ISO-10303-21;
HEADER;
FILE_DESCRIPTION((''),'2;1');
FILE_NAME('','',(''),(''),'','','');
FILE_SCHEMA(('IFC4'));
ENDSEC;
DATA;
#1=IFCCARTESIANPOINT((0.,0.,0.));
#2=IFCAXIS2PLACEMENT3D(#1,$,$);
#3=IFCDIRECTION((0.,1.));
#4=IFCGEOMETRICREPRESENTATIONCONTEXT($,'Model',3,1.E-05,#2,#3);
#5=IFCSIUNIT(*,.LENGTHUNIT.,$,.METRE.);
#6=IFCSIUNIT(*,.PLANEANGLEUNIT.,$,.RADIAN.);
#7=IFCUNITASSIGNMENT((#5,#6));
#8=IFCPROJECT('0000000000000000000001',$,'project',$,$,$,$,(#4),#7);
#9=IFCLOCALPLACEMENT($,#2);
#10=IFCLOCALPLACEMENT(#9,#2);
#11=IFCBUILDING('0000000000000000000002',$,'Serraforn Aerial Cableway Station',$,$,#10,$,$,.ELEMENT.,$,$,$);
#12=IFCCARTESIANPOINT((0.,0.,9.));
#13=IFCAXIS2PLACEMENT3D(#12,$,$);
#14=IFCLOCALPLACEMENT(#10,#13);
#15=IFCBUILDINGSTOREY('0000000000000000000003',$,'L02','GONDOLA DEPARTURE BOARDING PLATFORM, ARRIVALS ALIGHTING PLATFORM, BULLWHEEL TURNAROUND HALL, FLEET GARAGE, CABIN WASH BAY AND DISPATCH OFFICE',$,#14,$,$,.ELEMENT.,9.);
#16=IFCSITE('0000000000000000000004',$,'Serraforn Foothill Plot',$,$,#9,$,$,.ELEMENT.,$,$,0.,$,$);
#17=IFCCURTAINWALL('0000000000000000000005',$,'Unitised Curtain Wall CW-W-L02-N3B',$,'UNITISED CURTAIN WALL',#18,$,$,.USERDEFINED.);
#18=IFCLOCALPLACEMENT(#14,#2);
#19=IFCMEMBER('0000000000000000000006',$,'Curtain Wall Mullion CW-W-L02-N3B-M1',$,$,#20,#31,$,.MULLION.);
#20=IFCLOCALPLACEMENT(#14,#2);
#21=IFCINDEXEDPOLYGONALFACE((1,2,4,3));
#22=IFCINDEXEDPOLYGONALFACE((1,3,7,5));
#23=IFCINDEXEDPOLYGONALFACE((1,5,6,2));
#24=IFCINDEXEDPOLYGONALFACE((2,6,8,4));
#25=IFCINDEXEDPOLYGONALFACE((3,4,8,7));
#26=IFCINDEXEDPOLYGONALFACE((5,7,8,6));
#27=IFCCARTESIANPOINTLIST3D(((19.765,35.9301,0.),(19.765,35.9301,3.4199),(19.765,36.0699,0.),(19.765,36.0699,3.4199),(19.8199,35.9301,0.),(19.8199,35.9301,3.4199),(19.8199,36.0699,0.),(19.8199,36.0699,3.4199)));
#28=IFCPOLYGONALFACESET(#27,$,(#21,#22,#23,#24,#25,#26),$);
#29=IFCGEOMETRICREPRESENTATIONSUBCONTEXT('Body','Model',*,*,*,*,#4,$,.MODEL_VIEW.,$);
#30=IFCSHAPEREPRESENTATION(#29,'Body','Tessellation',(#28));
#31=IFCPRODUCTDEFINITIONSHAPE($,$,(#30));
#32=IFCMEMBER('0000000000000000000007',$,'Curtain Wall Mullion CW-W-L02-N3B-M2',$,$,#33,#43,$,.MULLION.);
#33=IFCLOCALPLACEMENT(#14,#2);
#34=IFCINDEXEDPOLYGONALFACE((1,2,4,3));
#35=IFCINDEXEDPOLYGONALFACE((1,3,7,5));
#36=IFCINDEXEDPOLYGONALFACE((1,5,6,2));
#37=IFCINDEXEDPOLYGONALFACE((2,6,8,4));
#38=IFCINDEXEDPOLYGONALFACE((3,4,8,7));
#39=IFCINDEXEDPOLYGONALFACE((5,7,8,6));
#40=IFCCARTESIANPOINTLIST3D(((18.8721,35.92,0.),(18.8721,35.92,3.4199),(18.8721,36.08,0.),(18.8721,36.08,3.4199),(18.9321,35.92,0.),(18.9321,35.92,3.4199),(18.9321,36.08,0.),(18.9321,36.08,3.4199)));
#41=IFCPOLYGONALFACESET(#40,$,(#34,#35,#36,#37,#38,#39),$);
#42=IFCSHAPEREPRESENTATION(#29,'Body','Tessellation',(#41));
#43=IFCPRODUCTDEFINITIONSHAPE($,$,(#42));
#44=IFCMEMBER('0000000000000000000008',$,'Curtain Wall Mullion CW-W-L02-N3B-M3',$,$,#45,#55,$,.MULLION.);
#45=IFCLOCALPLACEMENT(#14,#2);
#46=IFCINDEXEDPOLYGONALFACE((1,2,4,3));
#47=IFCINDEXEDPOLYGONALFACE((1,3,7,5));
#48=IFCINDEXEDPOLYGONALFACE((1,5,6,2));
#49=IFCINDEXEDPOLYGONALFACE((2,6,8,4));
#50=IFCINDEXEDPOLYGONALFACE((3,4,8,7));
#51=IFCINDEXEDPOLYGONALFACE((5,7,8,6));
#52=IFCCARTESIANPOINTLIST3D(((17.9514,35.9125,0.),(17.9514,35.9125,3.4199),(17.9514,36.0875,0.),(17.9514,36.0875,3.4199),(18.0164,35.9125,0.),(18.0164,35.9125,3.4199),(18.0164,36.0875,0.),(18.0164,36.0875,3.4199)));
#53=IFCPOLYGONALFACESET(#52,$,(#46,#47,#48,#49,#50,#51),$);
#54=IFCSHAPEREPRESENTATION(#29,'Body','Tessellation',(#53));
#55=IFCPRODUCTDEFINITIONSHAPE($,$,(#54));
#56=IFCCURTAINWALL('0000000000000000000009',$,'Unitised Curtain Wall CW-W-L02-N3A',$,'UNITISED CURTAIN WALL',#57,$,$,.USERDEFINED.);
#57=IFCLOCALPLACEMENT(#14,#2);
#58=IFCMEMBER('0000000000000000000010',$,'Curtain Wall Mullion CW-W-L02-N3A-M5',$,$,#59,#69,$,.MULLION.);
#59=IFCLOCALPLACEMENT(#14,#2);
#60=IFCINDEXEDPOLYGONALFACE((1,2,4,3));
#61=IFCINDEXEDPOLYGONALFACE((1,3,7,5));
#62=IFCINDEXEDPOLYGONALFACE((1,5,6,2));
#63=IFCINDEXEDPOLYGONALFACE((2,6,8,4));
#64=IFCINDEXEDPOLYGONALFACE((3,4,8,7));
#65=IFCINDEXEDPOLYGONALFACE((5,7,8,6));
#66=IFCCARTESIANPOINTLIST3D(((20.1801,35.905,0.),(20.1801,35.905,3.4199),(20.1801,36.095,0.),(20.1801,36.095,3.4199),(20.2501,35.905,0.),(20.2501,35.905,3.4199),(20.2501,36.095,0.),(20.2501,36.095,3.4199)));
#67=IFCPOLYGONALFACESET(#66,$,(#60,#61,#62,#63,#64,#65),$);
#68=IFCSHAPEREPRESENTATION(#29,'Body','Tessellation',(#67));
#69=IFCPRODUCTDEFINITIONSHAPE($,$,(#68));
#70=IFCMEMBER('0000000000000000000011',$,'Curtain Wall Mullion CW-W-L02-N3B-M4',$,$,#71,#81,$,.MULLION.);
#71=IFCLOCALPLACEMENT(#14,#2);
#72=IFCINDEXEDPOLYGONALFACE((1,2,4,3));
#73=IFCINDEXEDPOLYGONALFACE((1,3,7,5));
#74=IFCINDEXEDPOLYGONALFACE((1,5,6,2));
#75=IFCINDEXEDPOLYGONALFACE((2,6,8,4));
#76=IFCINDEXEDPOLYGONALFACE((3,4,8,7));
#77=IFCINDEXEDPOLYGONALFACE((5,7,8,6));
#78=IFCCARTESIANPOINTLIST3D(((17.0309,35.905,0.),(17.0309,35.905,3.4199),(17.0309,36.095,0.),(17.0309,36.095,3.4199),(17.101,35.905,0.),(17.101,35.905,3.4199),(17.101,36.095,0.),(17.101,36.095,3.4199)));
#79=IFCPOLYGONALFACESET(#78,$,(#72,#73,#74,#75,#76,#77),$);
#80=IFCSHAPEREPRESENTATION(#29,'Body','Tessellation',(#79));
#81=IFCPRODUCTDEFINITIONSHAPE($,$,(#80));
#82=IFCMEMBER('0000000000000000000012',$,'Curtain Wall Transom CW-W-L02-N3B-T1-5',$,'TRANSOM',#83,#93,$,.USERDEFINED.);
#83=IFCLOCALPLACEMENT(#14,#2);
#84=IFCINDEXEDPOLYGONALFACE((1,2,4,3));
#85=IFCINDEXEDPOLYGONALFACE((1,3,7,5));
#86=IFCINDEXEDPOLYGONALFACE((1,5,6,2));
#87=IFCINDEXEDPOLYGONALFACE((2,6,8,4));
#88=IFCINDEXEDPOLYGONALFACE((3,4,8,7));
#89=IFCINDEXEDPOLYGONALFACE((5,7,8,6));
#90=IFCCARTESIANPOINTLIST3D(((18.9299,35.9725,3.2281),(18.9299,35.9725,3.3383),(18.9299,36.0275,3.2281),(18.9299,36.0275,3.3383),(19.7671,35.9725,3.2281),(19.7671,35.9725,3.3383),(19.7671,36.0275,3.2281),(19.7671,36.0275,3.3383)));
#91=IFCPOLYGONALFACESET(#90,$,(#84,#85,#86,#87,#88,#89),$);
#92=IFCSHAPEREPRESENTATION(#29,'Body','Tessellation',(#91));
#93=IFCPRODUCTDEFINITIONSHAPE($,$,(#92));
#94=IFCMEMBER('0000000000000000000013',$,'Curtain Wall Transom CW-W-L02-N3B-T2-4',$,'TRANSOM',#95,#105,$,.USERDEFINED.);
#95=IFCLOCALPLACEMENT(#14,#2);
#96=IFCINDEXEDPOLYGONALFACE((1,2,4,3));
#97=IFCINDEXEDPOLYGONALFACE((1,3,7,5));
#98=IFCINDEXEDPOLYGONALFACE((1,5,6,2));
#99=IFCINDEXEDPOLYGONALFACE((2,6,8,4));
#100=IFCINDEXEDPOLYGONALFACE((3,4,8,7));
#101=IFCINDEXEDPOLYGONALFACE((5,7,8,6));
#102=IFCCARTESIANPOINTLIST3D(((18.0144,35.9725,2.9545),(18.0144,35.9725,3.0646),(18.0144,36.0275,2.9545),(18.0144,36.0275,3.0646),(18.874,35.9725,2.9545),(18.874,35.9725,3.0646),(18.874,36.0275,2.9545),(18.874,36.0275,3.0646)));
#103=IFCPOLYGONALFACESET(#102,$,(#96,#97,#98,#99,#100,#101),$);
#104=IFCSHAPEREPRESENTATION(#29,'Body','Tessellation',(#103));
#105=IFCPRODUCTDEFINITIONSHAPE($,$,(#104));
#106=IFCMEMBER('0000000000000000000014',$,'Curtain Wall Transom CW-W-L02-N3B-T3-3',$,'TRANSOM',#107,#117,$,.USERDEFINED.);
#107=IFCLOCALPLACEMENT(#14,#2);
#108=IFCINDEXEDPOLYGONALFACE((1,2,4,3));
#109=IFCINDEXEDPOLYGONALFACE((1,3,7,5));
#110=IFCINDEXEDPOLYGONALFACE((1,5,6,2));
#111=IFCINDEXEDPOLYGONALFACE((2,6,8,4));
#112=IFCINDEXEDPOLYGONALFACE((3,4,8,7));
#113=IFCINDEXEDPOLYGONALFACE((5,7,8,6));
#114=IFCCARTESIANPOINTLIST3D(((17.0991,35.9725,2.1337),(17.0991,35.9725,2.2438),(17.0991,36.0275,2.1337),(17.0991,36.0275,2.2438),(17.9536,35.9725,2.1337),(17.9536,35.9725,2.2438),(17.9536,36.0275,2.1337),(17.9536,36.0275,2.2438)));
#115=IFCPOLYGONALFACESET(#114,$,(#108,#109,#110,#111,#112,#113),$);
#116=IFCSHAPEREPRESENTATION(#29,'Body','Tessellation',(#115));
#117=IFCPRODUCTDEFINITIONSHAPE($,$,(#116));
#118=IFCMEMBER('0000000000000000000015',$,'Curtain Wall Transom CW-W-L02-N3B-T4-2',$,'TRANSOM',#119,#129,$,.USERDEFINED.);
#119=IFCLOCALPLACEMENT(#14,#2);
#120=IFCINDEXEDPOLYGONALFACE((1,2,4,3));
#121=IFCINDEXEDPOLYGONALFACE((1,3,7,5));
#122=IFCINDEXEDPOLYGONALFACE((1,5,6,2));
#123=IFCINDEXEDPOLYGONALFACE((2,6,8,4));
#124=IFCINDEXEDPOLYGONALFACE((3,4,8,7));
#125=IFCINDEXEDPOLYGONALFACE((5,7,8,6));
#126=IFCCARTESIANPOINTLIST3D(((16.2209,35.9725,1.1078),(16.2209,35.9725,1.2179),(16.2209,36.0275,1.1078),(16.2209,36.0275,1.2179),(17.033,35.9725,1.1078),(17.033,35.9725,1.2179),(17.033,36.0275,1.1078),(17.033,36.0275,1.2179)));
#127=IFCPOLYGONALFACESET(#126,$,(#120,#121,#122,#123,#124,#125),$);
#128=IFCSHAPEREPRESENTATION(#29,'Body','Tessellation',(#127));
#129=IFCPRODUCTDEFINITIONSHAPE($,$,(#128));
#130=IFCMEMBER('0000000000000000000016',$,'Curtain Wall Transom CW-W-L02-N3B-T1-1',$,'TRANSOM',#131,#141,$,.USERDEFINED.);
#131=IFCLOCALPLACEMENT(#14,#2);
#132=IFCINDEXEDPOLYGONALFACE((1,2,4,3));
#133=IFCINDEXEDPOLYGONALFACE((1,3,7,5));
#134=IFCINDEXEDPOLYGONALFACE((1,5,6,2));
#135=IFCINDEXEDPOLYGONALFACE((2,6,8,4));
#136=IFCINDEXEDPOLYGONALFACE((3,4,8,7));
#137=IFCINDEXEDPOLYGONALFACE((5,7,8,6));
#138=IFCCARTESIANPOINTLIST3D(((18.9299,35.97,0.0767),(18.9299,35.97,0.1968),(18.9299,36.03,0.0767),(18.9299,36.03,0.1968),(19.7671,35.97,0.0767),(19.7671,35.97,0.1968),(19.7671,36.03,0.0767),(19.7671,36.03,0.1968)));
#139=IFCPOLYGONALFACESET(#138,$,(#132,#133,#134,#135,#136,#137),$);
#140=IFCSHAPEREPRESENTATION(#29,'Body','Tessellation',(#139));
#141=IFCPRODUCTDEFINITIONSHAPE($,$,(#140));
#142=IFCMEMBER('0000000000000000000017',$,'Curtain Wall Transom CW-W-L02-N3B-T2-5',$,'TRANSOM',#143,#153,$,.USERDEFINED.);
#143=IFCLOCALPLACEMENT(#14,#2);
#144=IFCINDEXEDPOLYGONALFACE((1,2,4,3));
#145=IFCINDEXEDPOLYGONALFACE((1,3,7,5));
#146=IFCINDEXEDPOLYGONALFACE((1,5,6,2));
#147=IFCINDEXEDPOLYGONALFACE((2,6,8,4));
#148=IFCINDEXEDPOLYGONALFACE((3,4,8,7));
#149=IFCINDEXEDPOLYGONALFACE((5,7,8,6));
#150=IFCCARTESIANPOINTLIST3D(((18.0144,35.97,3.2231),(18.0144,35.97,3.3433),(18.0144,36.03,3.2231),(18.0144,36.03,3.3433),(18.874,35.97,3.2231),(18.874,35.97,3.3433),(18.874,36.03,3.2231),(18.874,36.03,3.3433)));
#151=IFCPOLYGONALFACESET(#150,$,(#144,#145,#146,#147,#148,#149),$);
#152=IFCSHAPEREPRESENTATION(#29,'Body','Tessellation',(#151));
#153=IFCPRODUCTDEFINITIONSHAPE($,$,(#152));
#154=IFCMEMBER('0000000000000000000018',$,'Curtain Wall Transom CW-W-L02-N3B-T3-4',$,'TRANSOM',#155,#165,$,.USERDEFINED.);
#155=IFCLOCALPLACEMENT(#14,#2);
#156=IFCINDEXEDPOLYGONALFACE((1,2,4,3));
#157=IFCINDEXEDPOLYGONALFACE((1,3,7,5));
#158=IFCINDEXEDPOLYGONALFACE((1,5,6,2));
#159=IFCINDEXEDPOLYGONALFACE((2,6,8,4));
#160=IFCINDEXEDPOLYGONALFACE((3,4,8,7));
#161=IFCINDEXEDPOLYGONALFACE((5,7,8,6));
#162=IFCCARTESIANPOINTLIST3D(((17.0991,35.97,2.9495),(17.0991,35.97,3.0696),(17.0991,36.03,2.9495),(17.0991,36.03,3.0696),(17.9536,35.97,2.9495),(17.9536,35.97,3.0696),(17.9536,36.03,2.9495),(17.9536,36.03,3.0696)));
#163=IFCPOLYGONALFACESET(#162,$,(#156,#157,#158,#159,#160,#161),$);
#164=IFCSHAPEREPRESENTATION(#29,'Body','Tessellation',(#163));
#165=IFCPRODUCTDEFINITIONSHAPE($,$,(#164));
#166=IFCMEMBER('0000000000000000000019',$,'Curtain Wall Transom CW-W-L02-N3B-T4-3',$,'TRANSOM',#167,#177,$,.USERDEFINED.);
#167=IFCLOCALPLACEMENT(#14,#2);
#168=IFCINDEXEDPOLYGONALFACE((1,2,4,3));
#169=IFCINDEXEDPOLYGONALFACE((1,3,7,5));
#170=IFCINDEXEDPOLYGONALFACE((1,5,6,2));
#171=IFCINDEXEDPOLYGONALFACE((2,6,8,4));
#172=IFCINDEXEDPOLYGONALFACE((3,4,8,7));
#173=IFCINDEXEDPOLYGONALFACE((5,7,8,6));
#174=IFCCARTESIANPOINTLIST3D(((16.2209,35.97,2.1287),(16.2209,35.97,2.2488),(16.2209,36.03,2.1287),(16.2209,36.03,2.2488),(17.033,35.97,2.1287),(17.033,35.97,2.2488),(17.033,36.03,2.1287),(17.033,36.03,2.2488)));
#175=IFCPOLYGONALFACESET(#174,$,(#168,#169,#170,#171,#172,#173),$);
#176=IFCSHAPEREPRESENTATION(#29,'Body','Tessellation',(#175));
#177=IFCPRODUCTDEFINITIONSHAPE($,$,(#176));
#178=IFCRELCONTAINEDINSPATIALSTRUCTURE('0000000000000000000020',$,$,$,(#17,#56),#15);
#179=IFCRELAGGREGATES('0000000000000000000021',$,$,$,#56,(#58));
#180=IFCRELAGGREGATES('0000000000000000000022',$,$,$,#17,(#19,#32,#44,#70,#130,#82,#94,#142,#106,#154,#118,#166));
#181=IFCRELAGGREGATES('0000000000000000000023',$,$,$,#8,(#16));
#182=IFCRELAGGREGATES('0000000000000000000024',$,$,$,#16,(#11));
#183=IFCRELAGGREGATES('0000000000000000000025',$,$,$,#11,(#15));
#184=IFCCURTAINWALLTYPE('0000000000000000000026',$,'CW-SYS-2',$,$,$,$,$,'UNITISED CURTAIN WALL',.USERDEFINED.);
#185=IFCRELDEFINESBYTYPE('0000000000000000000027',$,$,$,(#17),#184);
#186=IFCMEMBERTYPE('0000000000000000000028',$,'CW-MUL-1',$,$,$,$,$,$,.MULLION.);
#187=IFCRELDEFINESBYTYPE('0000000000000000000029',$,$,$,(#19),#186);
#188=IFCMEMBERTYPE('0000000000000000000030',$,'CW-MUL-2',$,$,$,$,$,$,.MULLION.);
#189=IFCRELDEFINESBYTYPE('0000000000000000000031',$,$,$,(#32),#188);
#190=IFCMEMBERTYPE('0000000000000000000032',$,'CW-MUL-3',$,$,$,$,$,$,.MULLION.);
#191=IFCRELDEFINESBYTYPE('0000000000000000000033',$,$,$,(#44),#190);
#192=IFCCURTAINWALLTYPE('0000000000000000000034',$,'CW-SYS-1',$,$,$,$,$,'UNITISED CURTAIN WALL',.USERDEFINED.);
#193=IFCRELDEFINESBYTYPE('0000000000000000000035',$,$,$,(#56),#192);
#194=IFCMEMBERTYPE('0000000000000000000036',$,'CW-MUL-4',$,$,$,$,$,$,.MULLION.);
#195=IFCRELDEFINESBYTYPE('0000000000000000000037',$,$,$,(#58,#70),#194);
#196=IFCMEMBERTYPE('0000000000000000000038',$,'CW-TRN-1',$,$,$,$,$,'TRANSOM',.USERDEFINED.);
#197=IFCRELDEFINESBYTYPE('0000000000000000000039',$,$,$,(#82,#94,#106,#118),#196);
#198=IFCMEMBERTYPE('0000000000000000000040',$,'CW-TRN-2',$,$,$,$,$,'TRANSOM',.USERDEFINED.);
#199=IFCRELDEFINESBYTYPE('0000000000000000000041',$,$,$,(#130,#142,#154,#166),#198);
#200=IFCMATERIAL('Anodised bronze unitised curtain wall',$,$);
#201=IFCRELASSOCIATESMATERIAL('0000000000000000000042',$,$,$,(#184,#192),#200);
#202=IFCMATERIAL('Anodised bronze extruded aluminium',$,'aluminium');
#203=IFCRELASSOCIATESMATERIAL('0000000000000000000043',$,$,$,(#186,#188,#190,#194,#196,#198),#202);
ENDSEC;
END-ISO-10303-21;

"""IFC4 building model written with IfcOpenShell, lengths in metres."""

from ifc_helpers import new_model, si_unit, direction, frame, origin, origin_2d, place, context, subcontext, project, spatial, rectangle, extrude, material, material_profile, profile_set, type_object, element, aggregate, save


model = new_model("IFC4")

# Units and contexts
model_context = context("Model", 3, precision=1e-05, world=origin(), true_north=direction((0.0, 1.0)))
body_context = subcontext(model_context, "Body", "Model", "MODEL_VIEW")
ifc_project = project(units=[si_unit("LENGTHUNIT", "METRE"), si_unit("PLANEANGLEUNIT", "RADIAN")], contexts=[model_context])

# Site, building, storey
site_placement = place(None, origin())
site = spatial("IfcSite", under=ifc_project, at=site_placement, Name="Serraforn Foothill Plot", CompositionType="ELEMENT", RefElevation=0.0)
building_placement = place(site_placement, origin())
building = spatial("IfcBuilding", under=site, at=building_placement, Name="Serraforn Aerial Cableway Station", CompositionType="ELEMENT")
storey_placement = place(building_placement, frame((0.0, 0.0, 9.0)))
storey = spatial("IfcBuildingStorey", under=building, at=storey_placement, Name="L02", Description="GONDOLA DEPARTURE BOARDING PLATFORM, ARRIVALS ALIGHTING PLATFORM, BULLWHEEL TURNAROUND HALL, FLEET GARAGE, CABIN WASH BAY AND DISPATCH OFFICE", CompositionType="ELEMENT", Elevation=9.0)

# Curtain wall, members
ifc_material_1 = material(Name="Anodised bronze unitised curtain wall")
curtain_wall_type_1 = type_object("IfcCurtainWallType", Name="CW-SYS-2", ElementType="UNITISED CURTAIN WALL", PredefinedType="USERDEFINED", material=ifc_material_1)
curtain_wall_1_placement = place(storey_placement, origin())
curtain_wall_1 = element("IfcCurtainWall", 1, at=curtain_wall_1_placement, inside=storey, type_object=curtain_wall_type_1, Name="Unitised Curtain Wall CW-W-L02-N3B", ObjectType="UNITISED CURTAIN WALL", PredefinedType="USERDEFINED")
ifc_material_2 = material(Name="Anodised bronze extruded aluminium", Category="aluminium")
ifc_material_profile_1 = material_profile(ifc_material_2, rectangle(XDim=0.0549, YDim=0.1399, at=origin_2d()), Name="CW MULLION 55x140")
ifc_profile_set_1 = profile_set([ifc_material_profile_1], Name="Anodised bronze extruded aluminium")
member_type_1 = type_object("IfcMemberType", Name="CW-MUL-1", PredefinedType="MULLION", material=ifc_profile_set_1)
member_1_placement = place(storey_placement, frame((19.7925, 36.0, 0.0), z_axis=(0.0, 0.0, 1.0), x_axis=(-1.0, 0.0, 0.0)))
member_1 = element("IfcMember", 2, at=member_1_placement, type_object=member_type_1, Name="Curtain Wall Mullion CW-W-L02-N3B-M1", PredefinedType="MULLION", context=body_context, shape_type="SweptSolid", body=[
    extrude(rectangle(XDim=0.0549, YDim=0.1399, at=origin_2d()), origin(), (0.0, 0.0, 1.0), 3.4199),
])
ifc_material_profile_2 = material_profile(ifc_material_2, rectangle(XDim=0.0601, YDim=0.1599, at=origin_2d()), Name="CW MULLION 60x160")
ifc_profile_set_2 = profile_set([ifc_material_profile_2], Name="Anodised bronze extruded aluminium")
member_type_2 = type_object("IfcMemberType", Name="CW-MUL-2", PredefinedType="MULLION", material=ifc_profile_set_2)
member_2_placement = place(storey_placement, frame((18.9021, 36.0, 0.0), z_axis=(0.0, 0.0, 1.0), x_axis=(-1.0, 0.0, 0.0)))
member_2 = element("IfcMember", 3, at=member_2_placement, type_object=member_type_2, Name="Curtain Wall Mullion CW-W-L02-N3B-M2", PredefinedType="MULLION", context=body_context, shape_type="SweptSolid", body=[
    extrude(rectangle(XDim=0.0601, YDim=0.1599, at=origin_2d()), origin(), (0.0, 0.0, 1.0), 3.4199),
])
ifc_material_profile_3 = material_profile(ifc_material_2, rectangle(XDim=0.0649, YDim=0.175, at=origin_2d()), Name="CW MULLION 65x175")
ifc_profile_set_3 = profile_set([ifc_material_profile_3], Name="Anodised bronze extruded aluminium")
member_type_3 = type_object("IfcMemberType", Name="CW-MUL-3", PredefinedType="MULLION", material=ifc_profile_set_3)
member_3_placement = place(storey_placement, frame((17.9839, 36.0, 0.0), z_axis=(0.0, 0.0, 1.0), x_axis=(-1.0, 0.0, 0.0)))
member_3 = element("IfcMember", 4, at=member_3_placement, type_object=member_type_3, Name="Curtain Wall Mullion CW-W-L02-N3B-M3", PredefinedType="MULLION", context=body_context, shape_type="SweptSolid", body=[
    extrude(rectangle(XDim=0.0649, YDim=0.175, at=origin_2d()), origin(), (0.0, 0.0, 1.0), 3.4199),
])

# Curtain wall, member
curtain_wall_type_2 = type_object("IfcCurtainWallType", Name="CW-SYS-1", ElementType="UNITISED CURTAIN WALL", PredefinedType="USERDEFINED", material=ifc_material_1)
curtain_wall_2_placement = place(storey_placement, origin())
curtain_wall_2 = element("IfcCurtainWall", 5, at=curtain_wall_2_placement, inside=storey, type_object=curtain_wall_type_2, Name="Unitised Curtain Wall CW-W-L02-N3A", ObjectType="UNITISED CURTAIN WALL", PredefinedType="USERDEFINED")
ifc_material_profile_4 = material_profile(ifc_material_2, rectangle(XDim=0.0701, YDim=0.1899, at=origin_2d()), Name="CW MULLION 70x190")
ifc_profile_set_4 = profile_set([ifc_material_profile_4], Name="Anodised bronze extruded aluminium")
member_type_4 = type_object("IfcMemberType", Name="CW-MUL-4", PredefinedType="MULLION", material=ifc_profile_set_4)
member_4_placement = place(storey_placement, frame((20.2151, 36.0, 0.0), z_axis=(0.0, 0.0, 1.0), x_axis=(-1.0, 0.0, 0.0)))
member_4 = element("IfcMember", 6, at=member_4_placement, type_object=member_type_4, Name="Curtain Wall Mullion CW-W-L02-N3A-M5", PredefinedType="MULLION", context=body_context, shape_type="SweptSolid", body=[
    extrude(rectangle(XDim=0.0701, YDim=0.1899, at=origin_2d()), origin(), (0.0, 0.0, 1.0), 3.4199),
])

# Members
member_5_placement = place(storey_placement, frame((17.0659, 36.0, 0.0), z_axis=(0.0, 0.0, 1.0), x_axis=(-1.0, 0.0, 0.0)))
member_5 = element("IfcMember", 7, at=member_5_placement, type_object=member_type_4, Name="Curtain Wall Mullion CW-W-L02-N3B-M4", PredefinedType="MULLION", context=body_context, shape_type="SweptSolid", body=[
    extrude(rectangle(XDim=0.0701, YDim=0.1899, at=origin_2d()), origin(), (0.0, 0.0, 1.0), 3.4199),
])
ifc_material_profile_5 = material_profile(ifc_material_2, rectangle(XDim=0.0549, YDim=0.1101, at=origin_2d()), Name="CW TRANSOM 55x110")
ifc_profile_set_5 = profile_set([ifc_material_profile_5], Name="Anodised bronze extruded aluminium")
member_type_5 = type_object("IfcMemberType", Name="CW-TRN-1", ElementType="TRANSOM", PredefinedType="USERDEFINED", material=ifc_profile_set_5)
member_6_placement = place(storey_placement, frame((19.7671, 36.0, 3.2832), z_axis=(-1.0, 0.0, 0.0), x_axis=(0.0, -1.0, 0.0)))
member_6 = element("IfcMember", 8, at=member_6_placement, type_object=member_type_5, Name="Curtain Wall Transom CW-W-L02-N3B-T1-5", ObjectType="TRANSOM", PredefinedType="USERDEFINED", context=body_context, shape_type="SweptSolid", body=[
    extrude(rectangle(XDim=0.0549, YDim=0.1101, at=origin_2d()), origin(), (0.0, 0.0, 1.0), 0.8372),
])
member_7_placement = place(storey_placement, frame((18.874, 36.0, 3.0095), z_axis=(-1.0, 0.0, 0.0), x_axis=(0.0, -1.0, 0.0)))
member_7 = element("IfcMember", 9, at=member_7_placement, type_object=member_type_5, Name="Curtain Wall Transom CW-W-L02-N3B-T2-4", ObjectType="TRANSOM", PredefinedType="USERDEFINED", context=body_context, shape_type="SweptSolid", body=[
    extrude(rectangle(XDim=0.0549, YDim=0.1101, at=origin_2d()), origin(), (0.0, 0.0, 1.0), 0.8596),
])
member_8_placement = place(storey_placement, frame((17.9536, 36.0, 2.1887), z_axis=(-1.0, 0.0, 0.0), x_axis=(0.0, -1.0, 0.0)))
member_8 = element("IfcMember", 10, at=member_8_placement, type_object=member_type_5, Name="Curtain Wall Transom CW-W-L02-N3B-T3-3", ObjectType="TRANSOM", PredefinedType="USERDEFINED", context=body_context, shape_type="SweptSolid", body=[
    extrude(rectangle(XDim=0.0549, YDim=0.1101, at=origin_2d()), origin(), (0.0, 0.0, 1.0), 0.8545),
])
member_9_placement = place(storey_placement, frame((17.033, 36.0, 1.1628), z_axis=(-1.0, 0.0, 0.0), x_axis=(0.0, -1.0, 0.0)))
member_9 = element("IfcMember", 11, at=member_9_placement, type_object=member_type_5, Name="Curtain Wall Transom CW-W-L02-N3B-T4-2", ObjectType="TRANSOM", PredefinedType="USERDEFINED", context=body_context, shape_type="SweptSolid", body=[
    extrude(rectangle(XDim=0.0549, YDim=0.1101, at=origin_2d()), origin(), (0.0, 0.0, 1.0), 0.812),
])
ifc_material_profile_6 = material_profile(ifc_material_2, rectangle(XDim=0.0601, YDim=0.1201, at=origin_2d()), Name="CW TRANSOM 60x120")
ifc_profile_set_6 = profile_set([ifc_material_profile_6], Name="Anodised bronze extruded aluminium")
member_type_6 = type_object("IfcMemberType", Name="CW-TRN-2", ElementType="TRANSOM", PredefinedType="USERDEFINED", material=ifc_profile_set_6)
member_10_placement = place(storey_placement, frame((19.7671, 36.0, 0.1367), z_axis=(-1.0, 0.0, 0.0), x_axis=(0.0, -1.0, 0.0)))
member_10 = element("IfcMember", 12, at=member_10_placement, type_object=member_type_6, Name="Curtain Wall Transom CW-W-L02-N3B-T1-1", ObjectType="TRANSOM", PredefinedType="USERDEFINED", context=body_context, shape_type="SweptSolid", body=[
    extrude(rectangle(XDim=0.0601, YDim=0.1201, at=origin_2d()), origin(), (0.0, 0.0, 1.0), 0.8372),
])
member_11_placement = place(storey_placement, frame((18.874, 36.0, 3.2832), z_axis=(-1.0, 0.0, 0.0), x_axis=(0.0, -1.0, 0.0)))
member_11 = element("IfcMember", 13, at=member_11_placement, type_object=member_type_6, Name="Curtain Wall Transom CW-W-L02-N3B-T2-5", ObjectType="TRANSOM", PredefinedType="USERDEFINED", context=body_context, shape_type="SweptSolid", body=[
    extrude(rectangle(XDim=0.0601, YDim=0.1201, at=origin_2d()), origin(), (0.0, 0.0, 1.0), 0.8596),
])
member_12_placement = place(storey_placement, frame((17.9536, 36.0, 3.0095), z_axis=(-1.0, 0.0, 0.0), x_axis=(0.0, -1.0, 0.0)))
member_12 = element("IfcMember", 14, at=member_12_placement, type_object=member_type_6, Name="Curtain Wall Transom CW-W-L02-N3B-T3-4", ObjectType="TRANSOM", PredefinedType="USERDEFINED", context=body_context, shape_type="SweptSolid", body=[
    extrude(rectangle(XDim=0.0601, YDim=0.1201, at=origin_2d()), origin(), (0.0, 0.0, 1.0), 0.8545),
])
member_13_placement = place(storey_placement, frame((17.033, 36.0, 2.1887), z_axis=(-1.0, 0.0, 0.0), x_axis=(0.0, -1.0, 0.0)))
member_13 = element("IfcMember", 15, at=member_13_placement, type_object=member_type_6, Name="Curtain Wall Transom CW-W-L02-N3B-T4-3", ObjectType="TRANSOM", PredefinedType="USERDEFINED", context=body_context, shape_type="SweptSolid", body=[
    extrude(rectangle(XDim=0.0601, YDim=0.1201, at=origin_2d()), origin(), (0.0, 0.0, 1.0), 0.812),
])

aggregate(curtain_wall_2, [member_4])
aggregate(curtain_wall_1, [member_1, member_2, member_3, member_5, member_10, member_6, member_7, member_11, member_8, member_12, member_9, member_13])

save(model, "model.ifc")
